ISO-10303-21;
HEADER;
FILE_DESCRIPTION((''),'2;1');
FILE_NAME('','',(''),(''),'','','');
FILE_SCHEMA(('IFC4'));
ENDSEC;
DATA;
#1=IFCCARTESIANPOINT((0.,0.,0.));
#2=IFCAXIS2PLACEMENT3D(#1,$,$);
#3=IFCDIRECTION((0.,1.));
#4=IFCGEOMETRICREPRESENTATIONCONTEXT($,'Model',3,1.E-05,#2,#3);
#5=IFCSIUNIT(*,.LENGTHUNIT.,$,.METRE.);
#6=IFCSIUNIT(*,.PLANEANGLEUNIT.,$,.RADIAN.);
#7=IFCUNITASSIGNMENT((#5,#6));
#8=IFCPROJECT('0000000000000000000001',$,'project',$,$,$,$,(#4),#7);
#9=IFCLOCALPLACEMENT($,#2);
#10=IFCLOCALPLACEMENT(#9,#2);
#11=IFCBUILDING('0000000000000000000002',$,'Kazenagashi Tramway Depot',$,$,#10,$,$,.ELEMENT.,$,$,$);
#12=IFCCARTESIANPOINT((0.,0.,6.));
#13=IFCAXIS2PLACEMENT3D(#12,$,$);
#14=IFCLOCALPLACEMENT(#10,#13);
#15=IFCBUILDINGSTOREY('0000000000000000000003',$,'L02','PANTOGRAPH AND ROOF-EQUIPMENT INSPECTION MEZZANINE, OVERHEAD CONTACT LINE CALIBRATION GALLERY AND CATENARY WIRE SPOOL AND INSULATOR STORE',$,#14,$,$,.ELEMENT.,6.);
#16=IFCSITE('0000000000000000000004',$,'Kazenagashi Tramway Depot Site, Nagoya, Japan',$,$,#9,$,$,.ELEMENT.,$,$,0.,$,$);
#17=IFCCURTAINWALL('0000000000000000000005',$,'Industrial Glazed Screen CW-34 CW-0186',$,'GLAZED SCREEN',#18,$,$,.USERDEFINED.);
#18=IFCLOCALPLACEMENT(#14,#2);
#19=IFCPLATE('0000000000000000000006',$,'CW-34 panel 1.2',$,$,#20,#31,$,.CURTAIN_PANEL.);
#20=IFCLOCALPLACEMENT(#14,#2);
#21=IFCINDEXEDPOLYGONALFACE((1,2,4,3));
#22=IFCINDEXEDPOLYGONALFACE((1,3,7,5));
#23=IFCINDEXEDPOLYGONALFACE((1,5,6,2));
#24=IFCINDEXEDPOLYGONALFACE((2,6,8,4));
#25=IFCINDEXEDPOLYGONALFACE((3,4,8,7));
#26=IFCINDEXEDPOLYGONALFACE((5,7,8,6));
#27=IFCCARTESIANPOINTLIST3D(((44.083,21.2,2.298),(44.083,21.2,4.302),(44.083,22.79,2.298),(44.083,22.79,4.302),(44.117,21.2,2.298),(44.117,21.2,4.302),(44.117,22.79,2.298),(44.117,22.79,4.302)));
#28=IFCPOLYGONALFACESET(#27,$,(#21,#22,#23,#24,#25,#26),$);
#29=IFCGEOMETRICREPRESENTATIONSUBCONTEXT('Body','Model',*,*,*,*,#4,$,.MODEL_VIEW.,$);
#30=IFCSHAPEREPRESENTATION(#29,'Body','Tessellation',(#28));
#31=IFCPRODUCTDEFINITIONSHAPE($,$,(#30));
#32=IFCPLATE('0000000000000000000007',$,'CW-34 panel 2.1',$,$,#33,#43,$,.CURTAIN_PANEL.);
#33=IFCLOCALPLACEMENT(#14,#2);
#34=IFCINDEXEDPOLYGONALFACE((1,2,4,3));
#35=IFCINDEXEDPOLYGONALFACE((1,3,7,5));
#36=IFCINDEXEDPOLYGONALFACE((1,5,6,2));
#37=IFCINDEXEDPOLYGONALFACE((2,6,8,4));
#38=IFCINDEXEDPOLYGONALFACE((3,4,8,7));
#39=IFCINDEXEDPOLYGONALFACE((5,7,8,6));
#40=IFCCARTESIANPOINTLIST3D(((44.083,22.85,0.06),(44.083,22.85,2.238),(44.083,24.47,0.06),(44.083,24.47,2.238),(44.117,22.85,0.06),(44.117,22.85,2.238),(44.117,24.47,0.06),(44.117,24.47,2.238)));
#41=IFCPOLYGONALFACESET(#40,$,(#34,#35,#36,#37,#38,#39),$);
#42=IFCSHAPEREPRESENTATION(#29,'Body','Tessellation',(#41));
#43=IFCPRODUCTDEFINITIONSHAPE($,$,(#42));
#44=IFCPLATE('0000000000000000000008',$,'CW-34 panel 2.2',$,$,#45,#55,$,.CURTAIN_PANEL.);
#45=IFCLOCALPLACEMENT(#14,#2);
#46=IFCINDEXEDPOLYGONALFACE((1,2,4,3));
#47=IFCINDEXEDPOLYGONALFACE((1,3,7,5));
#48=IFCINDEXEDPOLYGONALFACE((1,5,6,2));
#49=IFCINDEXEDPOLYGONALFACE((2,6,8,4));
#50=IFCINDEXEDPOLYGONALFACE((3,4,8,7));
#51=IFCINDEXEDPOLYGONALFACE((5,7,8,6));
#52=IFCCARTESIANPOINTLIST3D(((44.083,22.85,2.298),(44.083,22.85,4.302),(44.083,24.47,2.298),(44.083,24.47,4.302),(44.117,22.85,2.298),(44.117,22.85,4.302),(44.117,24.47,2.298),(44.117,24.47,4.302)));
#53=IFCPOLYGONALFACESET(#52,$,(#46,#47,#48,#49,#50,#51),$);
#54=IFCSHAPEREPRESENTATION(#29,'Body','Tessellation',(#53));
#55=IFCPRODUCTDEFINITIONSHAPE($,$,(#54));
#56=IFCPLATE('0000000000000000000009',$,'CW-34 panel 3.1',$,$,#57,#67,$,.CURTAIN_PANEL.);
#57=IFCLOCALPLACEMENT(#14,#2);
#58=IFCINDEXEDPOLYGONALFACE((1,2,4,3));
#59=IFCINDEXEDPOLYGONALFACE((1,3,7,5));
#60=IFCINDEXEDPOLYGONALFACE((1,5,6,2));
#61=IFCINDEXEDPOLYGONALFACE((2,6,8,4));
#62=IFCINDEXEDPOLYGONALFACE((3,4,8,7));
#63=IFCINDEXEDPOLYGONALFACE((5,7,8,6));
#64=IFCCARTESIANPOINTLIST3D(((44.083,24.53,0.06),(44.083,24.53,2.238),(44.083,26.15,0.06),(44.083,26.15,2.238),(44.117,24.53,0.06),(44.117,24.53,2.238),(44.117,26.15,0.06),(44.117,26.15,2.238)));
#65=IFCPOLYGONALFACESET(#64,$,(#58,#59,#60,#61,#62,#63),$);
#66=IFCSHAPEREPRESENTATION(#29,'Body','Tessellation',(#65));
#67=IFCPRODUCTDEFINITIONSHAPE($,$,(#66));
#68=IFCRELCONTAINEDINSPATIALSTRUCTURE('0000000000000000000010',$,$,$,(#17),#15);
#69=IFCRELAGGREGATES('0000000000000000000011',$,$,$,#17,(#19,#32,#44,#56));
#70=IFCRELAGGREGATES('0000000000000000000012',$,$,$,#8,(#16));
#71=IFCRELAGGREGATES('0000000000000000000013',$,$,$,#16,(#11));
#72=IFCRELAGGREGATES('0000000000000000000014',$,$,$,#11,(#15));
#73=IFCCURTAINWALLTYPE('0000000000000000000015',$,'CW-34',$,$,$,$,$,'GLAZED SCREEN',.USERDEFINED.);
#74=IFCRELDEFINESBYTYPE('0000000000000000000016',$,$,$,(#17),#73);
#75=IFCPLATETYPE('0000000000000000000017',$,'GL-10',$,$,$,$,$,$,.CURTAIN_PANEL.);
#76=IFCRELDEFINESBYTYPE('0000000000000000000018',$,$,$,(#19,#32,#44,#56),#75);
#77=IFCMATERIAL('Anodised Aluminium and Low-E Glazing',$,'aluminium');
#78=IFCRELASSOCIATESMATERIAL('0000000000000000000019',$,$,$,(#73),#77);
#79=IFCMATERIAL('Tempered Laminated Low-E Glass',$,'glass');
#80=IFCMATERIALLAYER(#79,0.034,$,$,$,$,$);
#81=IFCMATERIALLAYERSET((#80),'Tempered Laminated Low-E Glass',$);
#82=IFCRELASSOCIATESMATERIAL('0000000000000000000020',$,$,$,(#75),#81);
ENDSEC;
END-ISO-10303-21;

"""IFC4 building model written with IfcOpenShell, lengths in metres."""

from ifc_helpers import new_model, si_unit, direction, frame, origin, origin_2d, place, context, subcontext, project, spatial, rectangle, extrude, material, layer, layer_set, type_object, element, aggregate, save


model = new_model("IFC4")

# Units and contexts
model_context = context("Model", 3, precision=1e-05, world=origin(), true_north=direction((0.0, 1.0)))
body_context = subcontext(model_context, "Body", "Model", "MODEL_VIEW")
ifc_project = project(units=[si_unit("LENGTHUNIT", "METRE"), si_unit("PLANEANGLEUNIT", "RADIAN")], contexts=[model_context])

# Site, building, storey
site_placement = place(None, origin())
site = spatial("IfcSite", under=ifc_project, at=site_placement, Name="Kazenagashi Tramway Depot Site, Nagoya, Japan", CompositionType="ELEMENT", RefElevation=0.0)
building_placement = place(site_placement, origin())
building = spatial("IfcBuilding", under=site, at=building_placement, Name="Kazenagashi Tramway Depot", CompositionType="ELEMENT")
storey_placement = place(building_placement, frame((0.0, 0.0, 6.0)))
storey = spatial("IfcBuildingStorey", under=building, at=storey_placement, Name="L02", Description="PANTOGRAPH AND ROOF-EQUIPMENT INSPECTION MEZZANINE, OVERHEAD CONTACT LINE CALIBRATION GALLERY AND CATENARY WIRE SPOOL AND INSULATOR STORE", CompositionType="ELEMENT", Elevation=6.0)

# Curtain wall, plates
ifc_material_1 = material(Name="Anodised Aluminium and Low-E Glazing", Category="aluminium")
curtain_wall_type = type_object("IfcCurtainWallType", Name="CW-34", ElementType="GLAZED SCREEN", PredefinedType="USERDEFINED", material=ifc_material_1)
curtain_wall_placement = place(storey_placement, origin())
curtain_wall = element("IfcCurtainWall", 1, at=curtain_wall_placement, inside=storey, type_object=curtain_wall_type, Name="Industrial Glazed Screen CW-34 CW-0186", ObjectType="GLAZED SCREEN", PredefinedType="USERDEFINED")
ifc_material_2 = material(Name="Tempered Laminated Low-E Glass", Category="glass")
ifc_layer = layer(ifc_material_2, 0.034)
ifc_layer_set = layer_set([ifc_layer], Name="Tempered Laminated Low-E Glass")
plate_type = type_object("IfcPlateType", Name="GL-10", PredefinedType="CURTAIN_PANEL", material=ifc_layer_set)
plate_1_placement = place(storey_placement, frame((44.1, 21.995, 2.298), z_axis=(0.0, 0.0, 1.0), x_axis=(0.0, 1.0, 0.0)))
plate_1 = element("IfcPlate", 2, at=plate_1_placement, type_object=plate_type, Name="CW-34 panel 1.2", PredefinedType="CURTAIN_PANEL", context=body_context, shape_type="SweptSolid", body=[
    extrude(rectangle(XDim=1.59, YDim=0.034, at=origin_2d()), origin(), (0.0, 0.0, 1.0), 2.004),
])
plate_2_placement = place(storey_placement, frame((44.1, 23.66, 0.06), z_axis=(0.0, 0.0, 1.0), x_axis=(0.0, 1.0, 0.0)))
plate_2 = element("IfcPlate", 3, at=plate_2_placement, type_object=plate_type, Name="CW-34 panel 2.1", PredefinedType="CURTAIN_PANEL", context=body_context, shape_type="SweptSolid", body=[
    extrude(rectangle(XDim=1.62, YDim=0.034, at=origin_2d()), origin(), (0.0, 0.0, 1.0), 2.178),
])
plate_3_placement = place(storey_placement, frame((44.1, 23.66, 2.298), z_axis=(0.0, 0.0, 1.0), x_axis=(0.0, 1.0, 0.0)))
plate_3 = element("IfcPlate", 4, at=plate_3_placement, type_object=plate_type, Name="CW-34 panel 2.2", PredefinedType="CURTAIN_PANEL", context=body_context, shape_type="SweptSolid", body=[
    extrude(rectangle(XDim=1.62, YDim=0.034, at=origin_2d()), origin(), (0.0, 0.0, 1.0), 2.004),
])
plate_4_placement = place(storey_placement, frame((44.1, 25.34, 0.06), z_axis=(0.0, 0.0, 1.0), x_axis=(0.0, 1.0, 0.0)))
plate_4 = element("IfcPlate", 5, at=plate_4_placement, type_object=plate_type, Name="CW-34 panel 3.1", PredefinedType="CURTAIN_PANEL", context=body_context, shape_type="SweptSolid", body=[
    extrude(rectangle(XDim=1.62, YDim=0.034, at=origin_2d()), origin(), (0.0, 0.0, 1.0), 2.178),
])
aggregate(curtain_wall, [plate_1, plate_2, plate_3, plate_4])

save(model, "model.ifc")
